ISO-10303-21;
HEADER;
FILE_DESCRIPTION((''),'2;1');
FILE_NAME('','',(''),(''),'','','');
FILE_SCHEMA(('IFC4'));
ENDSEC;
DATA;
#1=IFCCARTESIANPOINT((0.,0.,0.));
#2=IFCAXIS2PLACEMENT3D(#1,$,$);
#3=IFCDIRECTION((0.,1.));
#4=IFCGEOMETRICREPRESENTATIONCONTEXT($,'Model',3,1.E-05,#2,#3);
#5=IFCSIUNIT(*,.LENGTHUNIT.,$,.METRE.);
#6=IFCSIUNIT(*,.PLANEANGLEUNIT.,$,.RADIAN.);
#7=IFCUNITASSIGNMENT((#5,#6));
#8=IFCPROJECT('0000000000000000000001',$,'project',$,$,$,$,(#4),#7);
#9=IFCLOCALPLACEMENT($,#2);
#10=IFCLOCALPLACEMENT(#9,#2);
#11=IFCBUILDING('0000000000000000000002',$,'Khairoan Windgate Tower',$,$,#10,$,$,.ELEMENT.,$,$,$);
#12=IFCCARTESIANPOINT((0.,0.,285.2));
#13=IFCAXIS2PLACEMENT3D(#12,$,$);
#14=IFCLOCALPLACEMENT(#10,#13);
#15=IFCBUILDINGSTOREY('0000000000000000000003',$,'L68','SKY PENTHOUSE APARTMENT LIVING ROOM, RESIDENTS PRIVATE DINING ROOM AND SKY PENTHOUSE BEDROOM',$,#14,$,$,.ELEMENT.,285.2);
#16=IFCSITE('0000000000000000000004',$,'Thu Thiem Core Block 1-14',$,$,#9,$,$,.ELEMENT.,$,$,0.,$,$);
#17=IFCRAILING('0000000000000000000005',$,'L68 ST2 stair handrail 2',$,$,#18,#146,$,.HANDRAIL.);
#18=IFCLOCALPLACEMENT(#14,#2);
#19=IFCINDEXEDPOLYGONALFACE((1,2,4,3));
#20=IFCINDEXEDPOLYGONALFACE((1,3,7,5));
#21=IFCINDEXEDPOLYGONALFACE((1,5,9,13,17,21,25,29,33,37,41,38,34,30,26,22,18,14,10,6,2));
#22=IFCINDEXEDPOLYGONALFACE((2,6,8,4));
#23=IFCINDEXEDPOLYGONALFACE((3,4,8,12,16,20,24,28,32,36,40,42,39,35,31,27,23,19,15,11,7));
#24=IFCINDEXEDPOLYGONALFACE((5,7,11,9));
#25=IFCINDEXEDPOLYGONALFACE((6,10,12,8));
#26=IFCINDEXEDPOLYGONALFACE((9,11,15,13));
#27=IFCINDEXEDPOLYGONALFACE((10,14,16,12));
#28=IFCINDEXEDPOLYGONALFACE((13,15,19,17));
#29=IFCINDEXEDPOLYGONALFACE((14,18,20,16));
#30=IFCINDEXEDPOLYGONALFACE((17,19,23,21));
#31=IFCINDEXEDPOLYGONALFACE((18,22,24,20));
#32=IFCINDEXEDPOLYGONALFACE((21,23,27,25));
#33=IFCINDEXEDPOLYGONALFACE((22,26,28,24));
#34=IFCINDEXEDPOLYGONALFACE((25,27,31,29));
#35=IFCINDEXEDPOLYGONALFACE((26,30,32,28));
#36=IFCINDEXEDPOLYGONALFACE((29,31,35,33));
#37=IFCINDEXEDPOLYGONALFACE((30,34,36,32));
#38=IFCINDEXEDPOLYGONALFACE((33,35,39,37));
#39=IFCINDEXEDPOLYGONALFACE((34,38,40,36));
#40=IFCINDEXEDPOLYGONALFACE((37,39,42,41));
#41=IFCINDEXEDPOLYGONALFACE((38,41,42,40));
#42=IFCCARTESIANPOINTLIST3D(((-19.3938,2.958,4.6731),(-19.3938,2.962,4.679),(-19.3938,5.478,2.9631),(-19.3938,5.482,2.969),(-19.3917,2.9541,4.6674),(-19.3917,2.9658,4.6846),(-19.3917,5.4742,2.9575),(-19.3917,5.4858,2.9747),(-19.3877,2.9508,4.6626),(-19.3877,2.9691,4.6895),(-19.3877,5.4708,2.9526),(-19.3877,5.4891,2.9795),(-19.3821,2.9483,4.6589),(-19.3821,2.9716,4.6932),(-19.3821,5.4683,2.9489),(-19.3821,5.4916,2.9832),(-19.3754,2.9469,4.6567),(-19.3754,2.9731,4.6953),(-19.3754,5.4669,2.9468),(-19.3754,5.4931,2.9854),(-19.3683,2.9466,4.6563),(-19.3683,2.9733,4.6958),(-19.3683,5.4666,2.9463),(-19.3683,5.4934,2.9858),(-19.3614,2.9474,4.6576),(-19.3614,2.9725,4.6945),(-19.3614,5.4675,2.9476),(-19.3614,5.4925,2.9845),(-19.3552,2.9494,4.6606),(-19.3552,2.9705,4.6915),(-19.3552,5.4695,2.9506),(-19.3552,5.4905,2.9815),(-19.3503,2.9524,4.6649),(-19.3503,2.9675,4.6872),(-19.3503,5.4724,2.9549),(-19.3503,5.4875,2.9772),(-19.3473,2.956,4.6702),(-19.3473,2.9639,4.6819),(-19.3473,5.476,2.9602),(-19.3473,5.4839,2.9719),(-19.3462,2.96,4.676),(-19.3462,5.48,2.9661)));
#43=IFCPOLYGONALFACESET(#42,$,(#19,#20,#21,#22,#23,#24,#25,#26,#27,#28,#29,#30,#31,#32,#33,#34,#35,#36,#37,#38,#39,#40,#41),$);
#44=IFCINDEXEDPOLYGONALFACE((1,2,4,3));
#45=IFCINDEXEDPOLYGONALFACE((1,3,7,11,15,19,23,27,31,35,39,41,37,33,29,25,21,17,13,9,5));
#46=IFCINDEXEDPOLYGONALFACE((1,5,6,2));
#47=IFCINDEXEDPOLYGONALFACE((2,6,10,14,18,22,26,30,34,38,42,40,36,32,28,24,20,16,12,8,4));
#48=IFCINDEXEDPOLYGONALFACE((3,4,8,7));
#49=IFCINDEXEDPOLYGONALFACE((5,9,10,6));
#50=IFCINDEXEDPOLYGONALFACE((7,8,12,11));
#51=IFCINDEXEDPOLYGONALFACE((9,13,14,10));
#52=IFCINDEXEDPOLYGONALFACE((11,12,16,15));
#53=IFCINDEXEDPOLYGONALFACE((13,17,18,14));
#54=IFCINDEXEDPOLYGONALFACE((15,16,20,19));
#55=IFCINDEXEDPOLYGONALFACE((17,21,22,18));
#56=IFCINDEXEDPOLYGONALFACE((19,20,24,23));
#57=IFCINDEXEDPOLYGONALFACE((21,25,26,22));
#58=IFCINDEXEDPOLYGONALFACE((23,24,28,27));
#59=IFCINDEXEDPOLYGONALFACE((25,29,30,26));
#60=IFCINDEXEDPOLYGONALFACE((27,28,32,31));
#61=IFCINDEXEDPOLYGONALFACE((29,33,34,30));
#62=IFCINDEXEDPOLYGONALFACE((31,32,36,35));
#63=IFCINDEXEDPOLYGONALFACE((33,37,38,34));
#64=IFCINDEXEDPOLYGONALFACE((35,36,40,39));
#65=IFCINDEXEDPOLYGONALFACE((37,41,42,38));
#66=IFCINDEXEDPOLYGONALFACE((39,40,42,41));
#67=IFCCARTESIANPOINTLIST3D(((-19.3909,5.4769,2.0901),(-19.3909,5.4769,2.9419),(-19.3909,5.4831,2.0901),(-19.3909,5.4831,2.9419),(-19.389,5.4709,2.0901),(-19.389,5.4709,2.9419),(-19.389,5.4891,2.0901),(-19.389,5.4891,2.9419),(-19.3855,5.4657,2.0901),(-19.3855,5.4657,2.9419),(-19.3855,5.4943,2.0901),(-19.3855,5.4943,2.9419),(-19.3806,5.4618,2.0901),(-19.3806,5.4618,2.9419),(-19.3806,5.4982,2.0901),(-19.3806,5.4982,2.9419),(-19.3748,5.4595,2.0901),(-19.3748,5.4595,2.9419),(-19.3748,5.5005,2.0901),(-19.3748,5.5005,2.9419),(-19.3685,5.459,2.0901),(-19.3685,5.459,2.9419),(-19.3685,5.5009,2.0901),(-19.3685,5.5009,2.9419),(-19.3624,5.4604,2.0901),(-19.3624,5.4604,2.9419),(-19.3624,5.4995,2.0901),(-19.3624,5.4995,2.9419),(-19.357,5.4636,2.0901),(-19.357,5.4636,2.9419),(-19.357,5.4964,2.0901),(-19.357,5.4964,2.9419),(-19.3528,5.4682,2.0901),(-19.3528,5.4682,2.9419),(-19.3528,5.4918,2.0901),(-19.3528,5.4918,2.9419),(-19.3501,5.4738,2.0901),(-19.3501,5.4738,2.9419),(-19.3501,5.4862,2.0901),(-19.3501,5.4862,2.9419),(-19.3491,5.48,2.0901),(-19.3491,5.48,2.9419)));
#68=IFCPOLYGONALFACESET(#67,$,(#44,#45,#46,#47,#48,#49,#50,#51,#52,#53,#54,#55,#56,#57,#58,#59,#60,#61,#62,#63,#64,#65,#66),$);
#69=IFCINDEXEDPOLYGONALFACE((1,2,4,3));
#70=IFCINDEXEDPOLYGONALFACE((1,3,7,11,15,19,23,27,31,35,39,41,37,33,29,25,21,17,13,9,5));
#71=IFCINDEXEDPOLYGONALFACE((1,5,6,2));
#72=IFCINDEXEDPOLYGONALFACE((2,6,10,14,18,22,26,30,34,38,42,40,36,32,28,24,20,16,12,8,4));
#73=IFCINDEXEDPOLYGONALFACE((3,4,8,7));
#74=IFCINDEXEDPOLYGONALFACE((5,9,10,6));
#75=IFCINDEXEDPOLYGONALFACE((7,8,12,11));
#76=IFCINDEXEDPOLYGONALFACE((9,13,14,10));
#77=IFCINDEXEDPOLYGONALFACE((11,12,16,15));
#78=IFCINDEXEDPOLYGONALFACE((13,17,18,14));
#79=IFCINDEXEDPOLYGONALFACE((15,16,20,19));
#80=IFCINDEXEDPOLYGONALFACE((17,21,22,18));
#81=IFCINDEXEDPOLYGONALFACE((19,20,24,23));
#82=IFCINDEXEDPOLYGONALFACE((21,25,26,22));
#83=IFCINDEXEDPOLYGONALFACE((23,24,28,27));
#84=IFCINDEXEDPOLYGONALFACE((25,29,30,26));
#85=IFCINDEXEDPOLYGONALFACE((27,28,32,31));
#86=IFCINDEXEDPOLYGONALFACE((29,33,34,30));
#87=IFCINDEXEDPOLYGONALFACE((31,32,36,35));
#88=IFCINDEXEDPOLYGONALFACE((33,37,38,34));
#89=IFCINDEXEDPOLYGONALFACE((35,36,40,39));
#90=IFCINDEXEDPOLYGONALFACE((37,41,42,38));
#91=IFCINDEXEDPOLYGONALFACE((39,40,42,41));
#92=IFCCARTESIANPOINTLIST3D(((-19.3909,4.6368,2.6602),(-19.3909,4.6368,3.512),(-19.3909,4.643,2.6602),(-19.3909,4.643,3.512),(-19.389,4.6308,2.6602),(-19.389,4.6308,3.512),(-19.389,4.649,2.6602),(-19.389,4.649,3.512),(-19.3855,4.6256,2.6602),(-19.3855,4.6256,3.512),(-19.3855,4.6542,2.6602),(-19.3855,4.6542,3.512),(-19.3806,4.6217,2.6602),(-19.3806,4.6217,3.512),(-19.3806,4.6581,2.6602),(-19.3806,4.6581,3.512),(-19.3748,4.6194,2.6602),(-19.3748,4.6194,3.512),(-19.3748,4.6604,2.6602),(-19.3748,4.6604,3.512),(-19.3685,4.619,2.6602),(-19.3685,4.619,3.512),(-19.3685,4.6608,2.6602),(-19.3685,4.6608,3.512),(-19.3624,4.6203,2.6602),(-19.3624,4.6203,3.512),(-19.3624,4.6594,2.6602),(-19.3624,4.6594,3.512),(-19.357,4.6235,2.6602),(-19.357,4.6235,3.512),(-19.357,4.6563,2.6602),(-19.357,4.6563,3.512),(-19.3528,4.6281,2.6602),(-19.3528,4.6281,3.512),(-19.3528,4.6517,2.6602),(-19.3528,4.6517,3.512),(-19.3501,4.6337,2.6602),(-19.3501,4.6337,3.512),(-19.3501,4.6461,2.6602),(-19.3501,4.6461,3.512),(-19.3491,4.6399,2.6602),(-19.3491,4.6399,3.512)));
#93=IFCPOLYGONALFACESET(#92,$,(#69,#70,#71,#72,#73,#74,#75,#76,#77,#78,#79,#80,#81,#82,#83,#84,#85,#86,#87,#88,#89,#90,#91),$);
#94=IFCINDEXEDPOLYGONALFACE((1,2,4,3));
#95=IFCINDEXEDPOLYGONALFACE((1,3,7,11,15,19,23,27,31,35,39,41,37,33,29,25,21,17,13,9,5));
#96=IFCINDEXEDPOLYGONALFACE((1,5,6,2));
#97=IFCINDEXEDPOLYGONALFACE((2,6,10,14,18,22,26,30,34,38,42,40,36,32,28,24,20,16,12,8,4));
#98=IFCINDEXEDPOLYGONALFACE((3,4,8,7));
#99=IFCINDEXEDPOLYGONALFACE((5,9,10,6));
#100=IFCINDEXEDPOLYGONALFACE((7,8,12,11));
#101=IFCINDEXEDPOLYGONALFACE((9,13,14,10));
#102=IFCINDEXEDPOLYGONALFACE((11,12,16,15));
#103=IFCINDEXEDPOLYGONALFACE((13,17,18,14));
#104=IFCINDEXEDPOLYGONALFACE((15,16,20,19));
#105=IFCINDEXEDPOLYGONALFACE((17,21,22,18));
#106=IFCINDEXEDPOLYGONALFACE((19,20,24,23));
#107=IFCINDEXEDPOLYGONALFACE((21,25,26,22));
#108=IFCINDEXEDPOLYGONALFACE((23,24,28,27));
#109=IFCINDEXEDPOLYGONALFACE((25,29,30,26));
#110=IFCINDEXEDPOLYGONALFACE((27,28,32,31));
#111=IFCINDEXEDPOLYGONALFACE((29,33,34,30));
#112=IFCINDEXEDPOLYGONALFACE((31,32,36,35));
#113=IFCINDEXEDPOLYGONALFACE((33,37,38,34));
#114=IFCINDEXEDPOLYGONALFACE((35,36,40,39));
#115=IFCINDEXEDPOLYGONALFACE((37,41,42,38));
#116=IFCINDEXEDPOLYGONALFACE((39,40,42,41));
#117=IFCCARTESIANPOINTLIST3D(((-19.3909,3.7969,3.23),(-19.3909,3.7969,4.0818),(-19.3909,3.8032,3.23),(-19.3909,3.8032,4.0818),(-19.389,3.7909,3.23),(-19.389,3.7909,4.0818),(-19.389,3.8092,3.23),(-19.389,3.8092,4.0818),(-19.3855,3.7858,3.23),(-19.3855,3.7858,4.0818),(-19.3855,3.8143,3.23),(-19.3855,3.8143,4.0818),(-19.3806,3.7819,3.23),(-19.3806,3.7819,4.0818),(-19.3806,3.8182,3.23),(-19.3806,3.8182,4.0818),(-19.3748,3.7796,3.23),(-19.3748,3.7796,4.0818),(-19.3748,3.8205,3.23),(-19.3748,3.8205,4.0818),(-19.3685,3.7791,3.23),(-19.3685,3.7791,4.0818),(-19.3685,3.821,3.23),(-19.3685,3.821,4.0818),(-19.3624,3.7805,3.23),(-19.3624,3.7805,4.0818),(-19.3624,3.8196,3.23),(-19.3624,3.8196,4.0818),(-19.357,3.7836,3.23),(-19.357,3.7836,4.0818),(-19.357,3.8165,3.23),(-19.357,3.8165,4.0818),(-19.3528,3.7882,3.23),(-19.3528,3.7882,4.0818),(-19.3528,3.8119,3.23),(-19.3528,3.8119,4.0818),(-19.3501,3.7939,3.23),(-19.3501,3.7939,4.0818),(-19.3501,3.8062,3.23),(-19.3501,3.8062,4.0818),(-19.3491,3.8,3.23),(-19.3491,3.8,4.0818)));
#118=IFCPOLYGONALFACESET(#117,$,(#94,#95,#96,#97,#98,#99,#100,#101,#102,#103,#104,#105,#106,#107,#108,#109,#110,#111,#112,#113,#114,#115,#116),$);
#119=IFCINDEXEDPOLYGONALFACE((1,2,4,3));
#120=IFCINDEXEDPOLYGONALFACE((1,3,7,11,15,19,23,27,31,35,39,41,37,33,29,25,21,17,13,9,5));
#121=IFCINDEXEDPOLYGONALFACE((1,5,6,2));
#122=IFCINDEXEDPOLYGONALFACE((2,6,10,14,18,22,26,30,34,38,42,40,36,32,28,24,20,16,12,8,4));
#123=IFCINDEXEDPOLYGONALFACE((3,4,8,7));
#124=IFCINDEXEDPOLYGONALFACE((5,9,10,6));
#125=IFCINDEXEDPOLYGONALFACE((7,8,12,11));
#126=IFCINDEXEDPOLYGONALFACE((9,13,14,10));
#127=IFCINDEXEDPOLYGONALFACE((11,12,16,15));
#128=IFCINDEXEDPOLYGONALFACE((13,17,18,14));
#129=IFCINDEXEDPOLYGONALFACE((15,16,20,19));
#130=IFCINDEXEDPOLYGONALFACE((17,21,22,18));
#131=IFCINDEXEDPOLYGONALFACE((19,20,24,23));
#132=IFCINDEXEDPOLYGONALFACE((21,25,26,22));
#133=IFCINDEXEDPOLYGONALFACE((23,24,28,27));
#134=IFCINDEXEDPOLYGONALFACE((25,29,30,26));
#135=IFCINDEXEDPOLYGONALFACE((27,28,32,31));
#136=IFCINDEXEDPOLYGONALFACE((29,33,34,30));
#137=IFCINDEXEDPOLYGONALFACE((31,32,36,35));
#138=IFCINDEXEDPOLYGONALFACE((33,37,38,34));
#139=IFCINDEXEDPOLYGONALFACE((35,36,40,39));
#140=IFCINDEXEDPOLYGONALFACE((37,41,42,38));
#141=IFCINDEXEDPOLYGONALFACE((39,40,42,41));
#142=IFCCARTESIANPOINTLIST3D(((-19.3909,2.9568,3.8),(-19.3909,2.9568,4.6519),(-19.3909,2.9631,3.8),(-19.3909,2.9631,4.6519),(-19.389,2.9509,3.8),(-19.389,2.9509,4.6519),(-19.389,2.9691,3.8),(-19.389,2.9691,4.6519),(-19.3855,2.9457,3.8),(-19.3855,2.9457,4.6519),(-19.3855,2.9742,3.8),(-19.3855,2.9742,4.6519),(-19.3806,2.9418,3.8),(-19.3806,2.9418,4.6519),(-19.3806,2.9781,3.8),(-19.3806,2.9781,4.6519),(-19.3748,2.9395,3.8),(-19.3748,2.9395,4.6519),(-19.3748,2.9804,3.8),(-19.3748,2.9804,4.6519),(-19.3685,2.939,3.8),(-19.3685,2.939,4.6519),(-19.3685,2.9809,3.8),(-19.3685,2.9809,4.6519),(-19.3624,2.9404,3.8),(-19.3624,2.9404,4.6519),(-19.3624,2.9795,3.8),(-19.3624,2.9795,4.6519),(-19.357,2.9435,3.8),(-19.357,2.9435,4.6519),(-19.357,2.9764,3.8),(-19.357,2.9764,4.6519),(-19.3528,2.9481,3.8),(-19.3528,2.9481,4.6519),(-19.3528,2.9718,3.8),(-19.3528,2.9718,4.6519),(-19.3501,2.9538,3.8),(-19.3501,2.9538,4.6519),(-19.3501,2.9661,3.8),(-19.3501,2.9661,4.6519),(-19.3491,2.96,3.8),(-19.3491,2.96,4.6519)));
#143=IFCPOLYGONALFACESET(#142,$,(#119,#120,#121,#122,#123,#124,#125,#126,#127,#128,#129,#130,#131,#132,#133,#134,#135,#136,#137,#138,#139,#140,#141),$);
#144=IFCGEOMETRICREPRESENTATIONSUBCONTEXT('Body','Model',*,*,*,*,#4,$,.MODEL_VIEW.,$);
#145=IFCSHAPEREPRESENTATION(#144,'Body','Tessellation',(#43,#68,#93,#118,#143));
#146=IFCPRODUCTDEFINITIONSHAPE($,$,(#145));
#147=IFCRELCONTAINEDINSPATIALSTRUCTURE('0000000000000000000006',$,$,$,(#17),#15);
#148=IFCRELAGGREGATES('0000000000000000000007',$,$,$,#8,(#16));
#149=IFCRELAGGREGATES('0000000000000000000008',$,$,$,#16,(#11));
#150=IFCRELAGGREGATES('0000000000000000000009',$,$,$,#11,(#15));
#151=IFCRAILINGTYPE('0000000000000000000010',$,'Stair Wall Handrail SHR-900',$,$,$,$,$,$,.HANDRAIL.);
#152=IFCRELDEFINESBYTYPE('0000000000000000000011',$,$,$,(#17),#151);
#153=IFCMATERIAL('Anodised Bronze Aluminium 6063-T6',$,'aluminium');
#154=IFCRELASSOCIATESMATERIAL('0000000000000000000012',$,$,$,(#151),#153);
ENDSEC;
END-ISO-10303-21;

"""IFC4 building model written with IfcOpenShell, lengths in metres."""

from ifc_helpers import new_model, si_unit, direction, frame, origin, origin_2d, place, context, subcontext, project, spatial, circle, extrude, material, type_object, element, save


model = new_model("IFC4")

# Units and contexts
model_context = context("Model", 3, precision=1e-05, world=origin(), true_north=direction((0.0, 1.0)))
body_context = subcontext(model_context, "Body", "Model", "MODEL_VIEW")
ifc_project = project(units=[si_unit("LENGTHUNIT", "METRE"), si_unit("PLANEANGLEUNIT", "RADIAN")], contexts=[model_context])

# Site, building, storey
site_placement = place(None, origin())
site = spatial("IfcSite", under=ifc_project, at=site_placement, Name="Thu Thiem Core Block 1-14", CompositionType="ELEMENT", RefElevation=0.0)
building_placement = place(site_placement, origin())
building = spatial("IfcBuilding", under=site, at=building_placement, Name="Khairoan Windgate Tower", CompositionType="ELEMENT")
storey_placement = place(building_placement, frame((0.0, 0.0, 285.2)))
storey = spatial("IfcBuildingStorey", under=building, at=storey_placement, Name="L68", Description="SKY PENTHOUSE APARTMENT LIVING ROOM, RESIDENTS PRIVATE DINING ROOM AND SKY PENTHOUSE BEDROOM", CompositionType="ELEMENT", Elevation=285.2)

# Railing
ifc_material_1 = material(Name="Anodised Bronze Aluminium 6063-T6", Category="aluminium")
railing_type_1 = type_object("IfcRailingType", Name="Stair Wall Handrail SHR-900", PredefinedType="HANDRAIL", material=ifc_material_1)
railing_1_placement = place(storey_placement, frame((-19.3701, 5.48, 2.0901)))
element("IfcRailing", 1, at=railing_1_placement, inside=storey, type_object=railing_type_1, Name="L68 ST2 stair handrail 2", PredefinedType="HANDRAIL", context=body_context, shape_type="SweptSolid", body=[
    extrude(circle(Radius=0.0239, at=origin_2d()), frame((0.0, 0.0, 0.876), z_axis=(0.0, -0.827484, 0.56149), x_axis=(1.0, 0.0, 0.0)), (0.0, 0.0, 1.0), 3.0454),
    extrude(circle(Radius=0.021, at=origin_2d()), origin(), (0.0, 0.0, 1.0), 0.8518),
    extrude(circle(Radius=0.021, at=origin_2d()), frame((0.0, -0.8401, 0.5701)), (0.0, 0.0, 1.0), 0.8518),
    extrude(circle(Radius=0.021, at=origin_2d()), frame((0.0, -1.6799, 1.1399)), (0.0, 0.0, 1.0), 0.8518),
    extrude(circle(Radius=0.021, at=origin_2d()), frame((0.0, -2.52, 1.71)), (0.0, 0.0, 1.0), 0.8518),
])

save(model, "model.ifc")
